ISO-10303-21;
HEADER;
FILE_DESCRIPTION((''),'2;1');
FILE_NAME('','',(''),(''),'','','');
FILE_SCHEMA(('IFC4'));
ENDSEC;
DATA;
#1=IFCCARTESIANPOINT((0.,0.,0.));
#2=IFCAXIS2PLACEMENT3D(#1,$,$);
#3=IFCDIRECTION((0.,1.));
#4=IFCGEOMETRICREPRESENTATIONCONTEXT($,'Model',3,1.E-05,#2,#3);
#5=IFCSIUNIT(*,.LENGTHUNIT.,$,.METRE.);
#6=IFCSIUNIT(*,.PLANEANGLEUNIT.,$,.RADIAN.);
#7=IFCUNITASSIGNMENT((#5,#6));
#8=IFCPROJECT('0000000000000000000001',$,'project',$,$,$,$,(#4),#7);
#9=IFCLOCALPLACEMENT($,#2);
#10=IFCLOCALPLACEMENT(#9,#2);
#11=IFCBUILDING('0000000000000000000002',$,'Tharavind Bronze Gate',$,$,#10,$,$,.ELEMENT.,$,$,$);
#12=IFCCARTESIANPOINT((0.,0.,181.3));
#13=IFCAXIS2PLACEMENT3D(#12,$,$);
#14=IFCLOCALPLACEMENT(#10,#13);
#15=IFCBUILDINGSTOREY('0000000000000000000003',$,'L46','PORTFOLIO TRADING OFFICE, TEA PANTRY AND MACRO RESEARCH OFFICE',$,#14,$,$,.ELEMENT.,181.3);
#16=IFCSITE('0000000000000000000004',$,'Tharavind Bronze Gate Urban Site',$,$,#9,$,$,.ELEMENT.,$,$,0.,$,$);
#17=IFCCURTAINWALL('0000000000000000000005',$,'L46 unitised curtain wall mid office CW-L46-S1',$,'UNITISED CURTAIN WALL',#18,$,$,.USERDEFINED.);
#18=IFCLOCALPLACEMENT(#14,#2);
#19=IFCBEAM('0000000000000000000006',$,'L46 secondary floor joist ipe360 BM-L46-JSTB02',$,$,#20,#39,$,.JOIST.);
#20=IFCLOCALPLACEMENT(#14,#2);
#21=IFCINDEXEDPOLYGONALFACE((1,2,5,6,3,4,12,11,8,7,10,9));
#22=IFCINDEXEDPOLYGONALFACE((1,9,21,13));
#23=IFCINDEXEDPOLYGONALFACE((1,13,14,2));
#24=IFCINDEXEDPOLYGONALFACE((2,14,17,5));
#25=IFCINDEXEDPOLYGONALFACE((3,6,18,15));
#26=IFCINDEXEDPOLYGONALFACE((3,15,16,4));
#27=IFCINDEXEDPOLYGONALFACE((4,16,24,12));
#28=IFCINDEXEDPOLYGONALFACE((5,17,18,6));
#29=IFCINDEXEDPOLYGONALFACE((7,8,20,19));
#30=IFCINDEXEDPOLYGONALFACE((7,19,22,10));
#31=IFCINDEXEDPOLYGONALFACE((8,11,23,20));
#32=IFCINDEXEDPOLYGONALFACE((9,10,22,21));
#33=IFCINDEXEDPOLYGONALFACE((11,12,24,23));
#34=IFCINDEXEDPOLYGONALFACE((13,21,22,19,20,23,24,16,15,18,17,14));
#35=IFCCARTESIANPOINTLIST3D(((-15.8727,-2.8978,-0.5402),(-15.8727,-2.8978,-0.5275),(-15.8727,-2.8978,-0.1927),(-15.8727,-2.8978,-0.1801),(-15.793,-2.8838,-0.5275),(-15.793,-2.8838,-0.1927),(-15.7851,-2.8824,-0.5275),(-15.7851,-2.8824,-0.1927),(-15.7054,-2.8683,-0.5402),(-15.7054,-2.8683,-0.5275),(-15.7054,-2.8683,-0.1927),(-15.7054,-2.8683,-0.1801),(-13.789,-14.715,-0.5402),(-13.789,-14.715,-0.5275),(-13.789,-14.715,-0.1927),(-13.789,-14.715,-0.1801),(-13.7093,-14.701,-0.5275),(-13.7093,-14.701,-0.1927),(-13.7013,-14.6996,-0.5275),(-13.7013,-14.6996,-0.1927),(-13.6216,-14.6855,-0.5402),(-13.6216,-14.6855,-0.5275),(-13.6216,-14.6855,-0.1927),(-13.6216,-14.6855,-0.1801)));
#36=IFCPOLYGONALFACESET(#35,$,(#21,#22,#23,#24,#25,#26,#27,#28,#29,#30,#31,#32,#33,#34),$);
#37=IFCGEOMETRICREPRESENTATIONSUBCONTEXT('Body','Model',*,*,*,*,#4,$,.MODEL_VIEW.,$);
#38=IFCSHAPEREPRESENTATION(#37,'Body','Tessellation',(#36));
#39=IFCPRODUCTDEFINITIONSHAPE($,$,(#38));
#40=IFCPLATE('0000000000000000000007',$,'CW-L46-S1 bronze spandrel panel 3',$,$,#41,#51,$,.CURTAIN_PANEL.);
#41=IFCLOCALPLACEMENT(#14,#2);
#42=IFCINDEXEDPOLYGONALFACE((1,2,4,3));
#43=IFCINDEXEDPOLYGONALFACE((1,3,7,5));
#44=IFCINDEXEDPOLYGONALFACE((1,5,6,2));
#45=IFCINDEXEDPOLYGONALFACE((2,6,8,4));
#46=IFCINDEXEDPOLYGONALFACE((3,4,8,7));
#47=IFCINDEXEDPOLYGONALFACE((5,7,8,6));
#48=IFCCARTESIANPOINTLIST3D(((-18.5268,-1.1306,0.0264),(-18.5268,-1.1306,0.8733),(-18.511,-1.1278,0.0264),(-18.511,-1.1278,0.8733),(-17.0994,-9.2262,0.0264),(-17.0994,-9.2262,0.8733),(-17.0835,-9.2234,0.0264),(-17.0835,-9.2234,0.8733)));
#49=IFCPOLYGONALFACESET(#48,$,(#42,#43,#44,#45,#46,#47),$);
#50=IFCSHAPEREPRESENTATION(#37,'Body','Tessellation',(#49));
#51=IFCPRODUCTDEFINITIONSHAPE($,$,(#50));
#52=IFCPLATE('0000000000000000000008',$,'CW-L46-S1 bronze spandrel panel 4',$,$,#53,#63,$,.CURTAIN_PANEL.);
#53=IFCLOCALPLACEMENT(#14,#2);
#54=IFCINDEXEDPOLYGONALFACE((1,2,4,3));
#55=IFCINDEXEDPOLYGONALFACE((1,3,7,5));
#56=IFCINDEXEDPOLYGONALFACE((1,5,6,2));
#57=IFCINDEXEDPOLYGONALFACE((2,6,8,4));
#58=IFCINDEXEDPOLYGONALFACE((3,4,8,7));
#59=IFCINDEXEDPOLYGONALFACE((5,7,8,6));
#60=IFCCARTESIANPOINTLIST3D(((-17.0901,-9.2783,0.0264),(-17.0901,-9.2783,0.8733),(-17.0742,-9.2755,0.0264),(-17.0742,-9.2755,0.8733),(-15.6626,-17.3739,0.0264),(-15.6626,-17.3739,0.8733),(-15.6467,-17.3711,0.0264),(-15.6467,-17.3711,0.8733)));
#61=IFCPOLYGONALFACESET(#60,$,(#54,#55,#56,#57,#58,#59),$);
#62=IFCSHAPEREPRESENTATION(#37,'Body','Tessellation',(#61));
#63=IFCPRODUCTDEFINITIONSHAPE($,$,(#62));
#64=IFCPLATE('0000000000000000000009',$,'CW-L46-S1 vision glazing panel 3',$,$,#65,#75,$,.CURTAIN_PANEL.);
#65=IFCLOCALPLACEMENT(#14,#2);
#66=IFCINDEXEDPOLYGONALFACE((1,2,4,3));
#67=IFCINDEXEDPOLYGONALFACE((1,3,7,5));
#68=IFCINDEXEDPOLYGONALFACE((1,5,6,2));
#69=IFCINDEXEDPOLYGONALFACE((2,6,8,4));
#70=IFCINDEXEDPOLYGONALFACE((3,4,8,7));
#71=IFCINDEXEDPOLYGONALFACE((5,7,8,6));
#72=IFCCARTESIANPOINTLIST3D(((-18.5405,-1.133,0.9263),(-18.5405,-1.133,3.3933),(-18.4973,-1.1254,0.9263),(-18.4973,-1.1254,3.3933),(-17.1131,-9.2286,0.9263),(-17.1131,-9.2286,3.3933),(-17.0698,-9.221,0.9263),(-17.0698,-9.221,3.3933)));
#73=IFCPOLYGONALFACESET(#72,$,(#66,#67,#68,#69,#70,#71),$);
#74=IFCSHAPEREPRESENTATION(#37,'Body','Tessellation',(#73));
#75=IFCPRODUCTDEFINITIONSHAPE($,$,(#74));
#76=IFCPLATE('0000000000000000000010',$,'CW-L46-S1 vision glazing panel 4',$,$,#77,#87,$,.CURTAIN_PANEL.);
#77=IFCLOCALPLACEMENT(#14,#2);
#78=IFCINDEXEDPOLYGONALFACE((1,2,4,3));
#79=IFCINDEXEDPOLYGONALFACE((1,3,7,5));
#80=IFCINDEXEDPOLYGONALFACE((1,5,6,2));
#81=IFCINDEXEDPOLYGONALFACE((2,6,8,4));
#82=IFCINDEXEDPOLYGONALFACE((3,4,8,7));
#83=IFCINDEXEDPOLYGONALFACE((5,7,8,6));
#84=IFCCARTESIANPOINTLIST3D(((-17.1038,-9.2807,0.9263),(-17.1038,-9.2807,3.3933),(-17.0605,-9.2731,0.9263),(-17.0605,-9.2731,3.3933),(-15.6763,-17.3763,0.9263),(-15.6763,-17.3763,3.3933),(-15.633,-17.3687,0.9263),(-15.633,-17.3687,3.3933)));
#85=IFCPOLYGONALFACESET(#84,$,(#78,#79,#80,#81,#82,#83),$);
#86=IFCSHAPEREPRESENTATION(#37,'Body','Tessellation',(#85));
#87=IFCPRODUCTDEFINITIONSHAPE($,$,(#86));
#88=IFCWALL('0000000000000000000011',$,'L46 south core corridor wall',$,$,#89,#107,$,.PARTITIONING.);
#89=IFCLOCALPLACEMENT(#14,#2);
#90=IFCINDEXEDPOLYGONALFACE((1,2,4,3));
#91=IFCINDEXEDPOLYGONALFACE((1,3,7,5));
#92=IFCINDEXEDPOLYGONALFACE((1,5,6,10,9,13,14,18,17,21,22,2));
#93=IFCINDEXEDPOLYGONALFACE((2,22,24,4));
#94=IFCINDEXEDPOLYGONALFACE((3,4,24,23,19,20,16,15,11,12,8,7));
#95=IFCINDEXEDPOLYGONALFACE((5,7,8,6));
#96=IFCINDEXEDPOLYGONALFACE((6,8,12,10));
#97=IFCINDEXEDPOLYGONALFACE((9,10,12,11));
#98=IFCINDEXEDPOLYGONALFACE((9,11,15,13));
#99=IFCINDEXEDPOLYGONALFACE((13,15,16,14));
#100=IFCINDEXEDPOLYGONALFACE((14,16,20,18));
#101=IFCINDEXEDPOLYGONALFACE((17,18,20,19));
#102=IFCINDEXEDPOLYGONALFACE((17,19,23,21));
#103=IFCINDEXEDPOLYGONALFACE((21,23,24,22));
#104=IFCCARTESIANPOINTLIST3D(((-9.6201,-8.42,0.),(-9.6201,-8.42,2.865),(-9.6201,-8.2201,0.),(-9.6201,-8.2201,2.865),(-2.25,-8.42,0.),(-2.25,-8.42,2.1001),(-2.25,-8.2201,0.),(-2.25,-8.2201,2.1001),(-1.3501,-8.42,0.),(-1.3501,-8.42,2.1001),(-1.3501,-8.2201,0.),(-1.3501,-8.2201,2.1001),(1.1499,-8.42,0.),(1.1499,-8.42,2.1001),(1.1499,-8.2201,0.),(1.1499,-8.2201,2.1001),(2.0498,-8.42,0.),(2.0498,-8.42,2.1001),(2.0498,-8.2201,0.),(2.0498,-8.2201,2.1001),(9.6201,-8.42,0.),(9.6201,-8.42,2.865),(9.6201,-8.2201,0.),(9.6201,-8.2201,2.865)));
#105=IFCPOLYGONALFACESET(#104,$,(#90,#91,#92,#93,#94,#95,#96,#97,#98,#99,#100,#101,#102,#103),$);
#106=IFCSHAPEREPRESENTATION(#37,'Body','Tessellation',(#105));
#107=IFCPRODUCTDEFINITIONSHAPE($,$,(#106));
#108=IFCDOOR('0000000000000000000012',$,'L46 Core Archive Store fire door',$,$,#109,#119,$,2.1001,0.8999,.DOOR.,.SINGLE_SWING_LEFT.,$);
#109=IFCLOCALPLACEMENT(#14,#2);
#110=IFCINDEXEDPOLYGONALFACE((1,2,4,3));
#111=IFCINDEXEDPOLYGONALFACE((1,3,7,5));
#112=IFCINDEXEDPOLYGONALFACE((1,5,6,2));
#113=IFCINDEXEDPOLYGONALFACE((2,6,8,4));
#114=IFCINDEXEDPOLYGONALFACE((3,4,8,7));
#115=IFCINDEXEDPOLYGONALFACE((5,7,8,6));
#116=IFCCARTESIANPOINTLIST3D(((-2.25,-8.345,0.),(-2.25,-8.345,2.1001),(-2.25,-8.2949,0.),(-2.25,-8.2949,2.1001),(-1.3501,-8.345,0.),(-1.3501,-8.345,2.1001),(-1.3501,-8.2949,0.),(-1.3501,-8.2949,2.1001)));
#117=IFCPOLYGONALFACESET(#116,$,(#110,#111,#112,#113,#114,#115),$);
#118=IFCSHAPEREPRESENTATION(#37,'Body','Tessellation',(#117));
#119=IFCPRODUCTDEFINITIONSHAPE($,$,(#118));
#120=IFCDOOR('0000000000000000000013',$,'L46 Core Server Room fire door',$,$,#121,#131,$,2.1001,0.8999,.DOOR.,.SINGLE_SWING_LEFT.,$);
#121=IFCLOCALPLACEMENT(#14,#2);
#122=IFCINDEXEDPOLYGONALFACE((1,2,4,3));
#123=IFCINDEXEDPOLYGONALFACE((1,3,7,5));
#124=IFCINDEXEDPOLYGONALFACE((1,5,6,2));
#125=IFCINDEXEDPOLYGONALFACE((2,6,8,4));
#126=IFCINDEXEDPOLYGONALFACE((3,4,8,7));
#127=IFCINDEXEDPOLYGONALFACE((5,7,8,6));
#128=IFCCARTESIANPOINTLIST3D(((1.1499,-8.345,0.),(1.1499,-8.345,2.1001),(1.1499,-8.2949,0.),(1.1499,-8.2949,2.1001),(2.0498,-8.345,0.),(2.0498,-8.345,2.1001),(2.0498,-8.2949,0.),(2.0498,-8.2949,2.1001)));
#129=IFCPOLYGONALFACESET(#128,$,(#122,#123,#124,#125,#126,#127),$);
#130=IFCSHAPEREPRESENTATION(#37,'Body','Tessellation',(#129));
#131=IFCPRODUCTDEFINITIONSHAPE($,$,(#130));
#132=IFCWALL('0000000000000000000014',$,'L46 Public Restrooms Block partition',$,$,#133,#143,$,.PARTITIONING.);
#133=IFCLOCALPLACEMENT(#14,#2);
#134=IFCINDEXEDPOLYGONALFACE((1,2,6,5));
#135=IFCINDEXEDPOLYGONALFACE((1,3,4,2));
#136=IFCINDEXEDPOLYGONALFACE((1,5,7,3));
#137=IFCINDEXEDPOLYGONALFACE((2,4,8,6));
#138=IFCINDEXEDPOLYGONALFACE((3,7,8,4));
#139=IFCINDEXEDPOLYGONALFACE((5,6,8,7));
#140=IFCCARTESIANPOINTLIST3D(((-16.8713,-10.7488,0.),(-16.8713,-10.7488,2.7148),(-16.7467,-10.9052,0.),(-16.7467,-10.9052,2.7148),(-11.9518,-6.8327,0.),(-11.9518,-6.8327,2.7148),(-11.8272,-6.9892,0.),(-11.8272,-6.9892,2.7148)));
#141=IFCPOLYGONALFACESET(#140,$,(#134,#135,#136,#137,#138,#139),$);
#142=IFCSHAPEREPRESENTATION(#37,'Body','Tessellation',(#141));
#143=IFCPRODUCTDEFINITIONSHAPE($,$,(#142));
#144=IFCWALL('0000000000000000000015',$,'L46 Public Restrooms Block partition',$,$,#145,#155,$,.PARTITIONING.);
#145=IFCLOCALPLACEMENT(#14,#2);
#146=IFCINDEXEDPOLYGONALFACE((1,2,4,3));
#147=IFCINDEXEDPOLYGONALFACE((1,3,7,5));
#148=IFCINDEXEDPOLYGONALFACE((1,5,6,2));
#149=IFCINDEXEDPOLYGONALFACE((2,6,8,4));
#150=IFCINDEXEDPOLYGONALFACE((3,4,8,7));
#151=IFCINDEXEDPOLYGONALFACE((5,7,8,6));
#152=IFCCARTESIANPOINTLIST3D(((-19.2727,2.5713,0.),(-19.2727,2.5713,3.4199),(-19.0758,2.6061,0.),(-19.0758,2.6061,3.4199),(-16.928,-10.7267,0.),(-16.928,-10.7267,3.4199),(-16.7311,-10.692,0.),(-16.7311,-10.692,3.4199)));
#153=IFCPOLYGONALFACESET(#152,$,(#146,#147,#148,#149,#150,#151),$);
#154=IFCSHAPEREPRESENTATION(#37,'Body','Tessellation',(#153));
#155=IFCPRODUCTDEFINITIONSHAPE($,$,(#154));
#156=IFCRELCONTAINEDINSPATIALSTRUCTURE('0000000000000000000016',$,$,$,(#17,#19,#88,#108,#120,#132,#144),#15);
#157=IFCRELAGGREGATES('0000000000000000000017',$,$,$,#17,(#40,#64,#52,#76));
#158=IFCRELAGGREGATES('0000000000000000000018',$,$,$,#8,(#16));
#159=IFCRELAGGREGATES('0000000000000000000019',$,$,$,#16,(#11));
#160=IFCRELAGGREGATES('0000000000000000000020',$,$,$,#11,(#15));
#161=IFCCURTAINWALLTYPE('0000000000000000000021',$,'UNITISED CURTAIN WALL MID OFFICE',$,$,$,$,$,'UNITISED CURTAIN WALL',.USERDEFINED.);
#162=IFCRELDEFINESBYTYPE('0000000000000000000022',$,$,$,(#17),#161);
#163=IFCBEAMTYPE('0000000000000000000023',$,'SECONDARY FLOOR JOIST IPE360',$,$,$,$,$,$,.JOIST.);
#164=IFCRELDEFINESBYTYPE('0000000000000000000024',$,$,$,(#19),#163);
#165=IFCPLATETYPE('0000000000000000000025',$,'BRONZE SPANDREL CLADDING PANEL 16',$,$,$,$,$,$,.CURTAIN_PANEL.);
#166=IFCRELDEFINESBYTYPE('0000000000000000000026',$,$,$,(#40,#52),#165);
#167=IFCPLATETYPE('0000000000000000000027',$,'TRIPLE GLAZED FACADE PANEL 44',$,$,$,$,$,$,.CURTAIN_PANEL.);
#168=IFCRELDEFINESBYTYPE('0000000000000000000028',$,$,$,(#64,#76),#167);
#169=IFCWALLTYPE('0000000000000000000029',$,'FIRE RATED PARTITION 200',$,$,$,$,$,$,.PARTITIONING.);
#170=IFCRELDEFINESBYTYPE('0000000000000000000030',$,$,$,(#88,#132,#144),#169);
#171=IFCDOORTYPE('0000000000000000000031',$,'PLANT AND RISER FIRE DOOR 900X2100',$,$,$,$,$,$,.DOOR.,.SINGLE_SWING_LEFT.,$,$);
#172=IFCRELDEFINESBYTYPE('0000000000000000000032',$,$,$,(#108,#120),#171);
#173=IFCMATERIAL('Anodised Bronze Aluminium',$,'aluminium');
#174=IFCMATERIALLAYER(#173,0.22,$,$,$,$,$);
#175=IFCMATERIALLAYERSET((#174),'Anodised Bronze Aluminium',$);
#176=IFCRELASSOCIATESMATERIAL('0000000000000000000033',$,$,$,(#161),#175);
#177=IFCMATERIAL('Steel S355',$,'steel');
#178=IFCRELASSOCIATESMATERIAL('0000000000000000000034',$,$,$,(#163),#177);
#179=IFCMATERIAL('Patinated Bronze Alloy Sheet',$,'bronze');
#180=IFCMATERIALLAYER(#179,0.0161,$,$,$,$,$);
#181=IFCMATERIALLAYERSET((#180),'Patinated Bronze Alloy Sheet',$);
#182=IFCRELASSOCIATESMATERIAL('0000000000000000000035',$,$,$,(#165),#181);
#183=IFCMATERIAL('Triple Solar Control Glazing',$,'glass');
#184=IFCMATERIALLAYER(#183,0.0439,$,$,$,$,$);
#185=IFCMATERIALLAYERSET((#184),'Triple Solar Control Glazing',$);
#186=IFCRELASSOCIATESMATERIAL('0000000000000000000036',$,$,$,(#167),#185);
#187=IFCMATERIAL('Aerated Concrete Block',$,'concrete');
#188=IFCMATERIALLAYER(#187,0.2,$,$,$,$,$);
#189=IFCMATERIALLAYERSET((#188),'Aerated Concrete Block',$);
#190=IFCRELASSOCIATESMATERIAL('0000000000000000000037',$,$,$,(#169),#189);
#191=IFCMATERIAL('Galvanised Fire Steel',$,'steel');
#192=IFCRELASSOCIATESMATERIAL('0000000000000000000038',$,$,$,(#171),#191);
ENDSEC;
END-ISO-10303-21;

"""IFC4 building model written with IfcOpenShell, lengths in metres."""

from ifc_helpers import new_model, si_unit, direction, frame, frame_2d, origin, origin_2d, place, context, subcontext, project, spatial, rectangle, i_section, extrude, material, layer, layer_set, material_profile, profile_set, type_object, element, fill, aggregate, save


model = new_model("IFC4")

# Units and contexts
model_context = context("Model", 3, precision=1e-05, world=origin(), true_north=direction((0.0, 1.0)))
body_context = subcontext(model_context, "Body", "Model", "MODEL_VIEW")
ifc_project = project(units=[si_unit("LENGTHUNIT", "METRE"), si_unit("PLANEANGLEUNIT", "RADIAN")], contexts=[model_context])

# Site, building, storey
site_placement = place(None, origin())
site = spatial("IfcSite", under=ifc_project, at=site_placement, Name="Tharavind Bronze Gate Urban Site", CompositionType="ELEMENT", RefElevation=0.0)
building_placement = place(site_placement, origin())
building = spatial("IfcBuilding", under=site, at=building_placement, Name="Tharavind Bronze Gate", CompositionType="ELEMENT")
storey_placement = place(building_placement, frame((0.0, 0.0, 181.3)))
storey = spatial("IfcBuildingStorey", under=building, at=storey_placement, Name="L46", Description="PORTFOLIO TRADING OFFICE, TEA PANTRY AND MACRO RESEARCH OFFICE", CompositionType="ELEMENT", Elevation=181.3)

# Curtain wall
ifc_material_1 = material(Name="Anodised Bronze Aluminium", Category="aluminium")
ifc_layer_1 = layer(ifc_material_1, 0.22)
ifc_layer_set_1 = layer_set([ifc_layer_1], Name="Anodised Bronze Aluminium")
curtain_wall_type = type_object("IfcCurtainWallType", Name="UNITISED CURTAIN WALL MID OFFICE", ElementType="UNITISED CURTAIN WALL", PredefinedType="USERDEFINED", material=ifc_layer_set_1)
curtain_wall_placement = place(storey_placement, origin())
curtain_wall = element("IfcCurtainWall", 1, at=curtain_wall_placement, inside=storey, type_object=curtain_wall_type, Name="L46 unitised curtain wall mid office CW-L46-S1", ObjectType="UNITISED CURTAIN WALL", PredefinedType="USERDEFINED")

# Beam
ifc_material_2 = material(Name="Steel S355", Category="steel")
ifc_material_profile_1 = material_profile(ifc_material_2, i_section(OverallWidth=0.1699, OverallDepth=0.3601, WebThickness=0.0081, FlangeThickness=0.0127, at=origin_2d()), Name="IPE360")
ifc_profile_set_1 = profile_set([ifc_material_profile_1], Name="Steel S355")
beam_type_1 = type_object("IfcBeamType", Name="SECONDARY FLOOR JOIST IPE360", PredefinedType="JOIST", material=ifc_profile_set_1)
beam_1_placement = place(storey_placement, frame((-15.7891, -2.8831, -0.3601), z_axis=(0.173653, -0.984807, 0.0), x_axis=(0.984807, 0.173653, 0.0)))
element("IfcBeam", 2, at=beam_1_placement, inside=storey, type_object=beam_type_1, Name="L46 secondary floor joist ipe360 BM-L46-JSTB02", PredefinedType="JOIST", context=body_context, shape_type="SweptSolid", body=[
    extrude(i_section(OverallWidth=0.1699, OverallDepth=0.3601, WebThickness=0.0081, FlangeThickness=0.0127, at=origin_2d()), origin(), (0.0, 0.0, 1.0), 11.9995),
])

# Plates
ifc_material_3 = material(Name="Patinated Bronze Alloy Sheet", Category="bronze")
ifc_layer_2 = layer(ifc_material_3, 0.0161)
ifc_layer_set_2 = layer_set([ifc_layer_2], Name="Patinated Bronze Alloy Sheet")
plate_type_1 = type_object("IfcPlateType", Name="BRONZE SPANDREL CLADDING PANEL 16", PredefinedType="CURTAIN_PANEL", material=ifc_layer_set_2)
plate_1_placement = place(storey_placement, frame((-17.8052, -5.177, 0.0264), z_axis=(0.0, 0.0, 1.0), x_axis=(0.173648, -0.984808, 0.0)))
plate_1 = element("IfcPlate", 3, at=plate_1_placement, type_object=plate_type_1, Name="CW-L46-S1 bronze spandrel panel 3", PredefinedType="CURTAIN_PANEL", context=body_context, shape_type="SweptSolid", body=[
    extrude(rectangle(XDim=8.2205, YDim=0.0161, at=origin_2d()), origin(), (0.0, 0.0, 1.0), 0.8469),
])
plate_2_placement = place(storey_placement, frame((-16.3684, -13.3247, 0.0264), z_axis=(0.0, 0.0, 1.0), x_axis=(0.173648, -0.984808, 0.0)))
plate_2 = element("IfcPlate", 4, at=plate_2_placement, type_object=plate_type_1, Name="CW-L46-S1 bronze spandrel panel 4", PredefinedType="CURTAIN_PANEL", context=body_context, shape_type="SweptSolid", body=[
    extrude(rectangle(XDim=8.2205, YDim=0.0161, at=origin_2d()), origin(), (0.0, 0.0, 1.0), 0.8469),
])
ifc_material_4 = material(Name="Triple Solar Control Glazing", Category="glass")
ifc_layer_3 = layer(ifc_material_4, 0.0439)
ifc_layer_set_3 = layer_set([ifc_layer_3], Name="Triple Solar Control Glazing")
plate_type_2 = type_object("IfcPlateType", Name="TRIPLE GLAZED FACADE PANEL 44", PredefinedType="CURTAIN_PANEL", material=ifc_layer_set_3)
plate_3_placement = place(storey_placement, frame((-17.8052, -5.177, 0.9263), z_axis=(0.0, 0.0, 1.0), x_axis=(0.173648, -0.984808, 0.0)))
plate_3 = element("IfcPlate", 5, at=plate_3_placement, type_object=plate_type_2, Name="CW-L46-S1 vision glazing panel 3", PredefinedType="CURTAIN_PANEL", context=body_context, shape_type="SweptSolid", body=[
    extrude(rectangle(XDim=8.2205, YDim=0.0439, at=origin_2d()), origin(), (0.0, 0.0, 1.0), 2.467),
])
plate_4_placement = place(storey_placement, frame((-16.3684, -13.3247, 0.9263), z_axis=(0.0, 0.0, 1.0), x_axis=(0.173648, -0.984808, 0.0)))
plate_4 = element("IfcPlate", 6, at=plate_4_placement, type_object=plate_type_2, Name="CW-L46-S1 vision glazing panel 4", PredefinedType="CURTAIN_PANEL", context=body_context, shape_type="SweptSolid", body=[
    extrude(rectangle(XDim=8.2205, YDim=0.0439, at=origin_2d()), origin(), (0.0, 0.0, 1.0), 2.467),
])
aggregate(curtain_wall, [plate_1, plate_3, plate_2, plate_4])

# Wall, openings, doors
ifc_material_5 = material(Name="Aerated Concrete Block", Category="concrete")
ifc_layer_4 = layer(ifc_material_5, 0.2)
ifc_layer_set_4 = layer_set([ifc_layer_4], Name="Aerated Concrete Block")
wall_type = type_object("IfcWallType", Name="FIRE RATED PARTITION 200", PredefinedType="PARTITIONING", material=ifc_layer_set_4)
wall_1_placement = place(storey_placement, frame((-9.6201, -8.3201, 0.0), z_axis=(0.0, 0.0, 1.0), x_axis=(1.0, 0.0, 0.0)))
wall_1 = element("IfcWall", 7, at=wall_1_placement, inside=storey, type_object=wall_type, Name="L46 south core corridor wall", PredefinedType="PARTITIONING", context=body_context, shape_type="SweptSolid", body=[
    extrude(rectangle(XDim=19.2402, YDim=0.2, at=frame_2d((9.6201, 0.0))), origin(), (0.0, 0.0, 1.0), 2.865),
])
opening_1_placement = place(wall_1_placement, frame((7.3701, 0.0, 0.0)))
opening_1 = element("IfcOpeningElement", 8, at=opening_1_placement, cuts=wall_1, PredefinedType="OPENING", context=body_context, shape_type="SweptSolid", body=[
    extrude(rectangle(XDim=0.8999, YDim=2.1001, at=frame_2d((0.45, 1.05))), frame((0.0, 0.1101, 0.0), z_axis=(0.0, -1.0, 0.0), x_axis=(1.0, 0.0, 0.0)), (0.0, 0.0, 1.0), 0.22),
])
opening_2_placement = place(wall_1_placement, frame((10.77, 0.0, 0.0)))
opening_2 = element("IfcOpeningElement", 9, at=opening_2_placement, cuts=wall_1, PredefinedType="OPENING", context=body_context, shape_type="SweptSolid", body=[
    extrude(rectangle(XDim=0.8999, YDim=2.1001, at=frame_2d((0.45, 1.05))), frame((0.0, 0.1101, 0.0), z_axis=(0.0, -1.0, 0.0), x_axis=(1.0, 0.0, 0.0)), (0.0, 0.0, 1.0), 0.22),
])
ifc_material_6 = material(Name="Galvanised Fire Steel", Category="steel")
door_type_1 = type_object("IfcDoorType", Name="PLANT AND RISER FIRE DOOR 900X2100", OperationType="SINGLE_SWING_LEFT", PredefinedType="DOOR", material=ifc_material_6)
door_1_placement = place(opening_1_placement, frame((0.8999, 0.0, 0.0), z_axis=(0.0, 0.0, 1.0), x_axis=(-1.0, 0.0, 0.0)))
door_1 = element("IfcDoor", 10, at=door_1_placement, inside=storey, type_object=door_type_1, Name="L46 Core Archive Store fire door", OperationType="SINGLE_SWING_LEFT", OverallHeight=2.1001, OverallWidth=0.8999, PredefinedType="DOOR", context=body_context, shape_type="SweptSolid", body=[
    extrude(rectangle(XDim=0.8999, YDim=2.1001, at=frame_2d((0.45, 1.05))), frame((0.0, 0.0249, 0.0), z_axis=(0.0, -1.0, 0.0), x_axis=(1.0, 0.0, 0.0)), (0.0, 0.0, 1.0), 0.05),
])
fill(opening_1, door_1)
door_2_placement = place(opening_2_placement, frame((0.8999, 0.0, 0.0), z_axis=(0.0, 0.0, 1.0), x_axis=(-1.0, 0.0, 0.0)))
door_2 = element("IfcDoor", 11, at=door_2_placement, inside=storey, type_object=door_type_1, Name="L46 Core Server Room fire door", OperationType="SINGLE_SWING_LEFT", OverallHeight=2.1001, OverallWidth=0.8999, PredefinedType="DOOR", context=body_context, shape_type="SweptSolid", body=[
    extrude(rectangle(XDim=0.8999, YDim=2.1001, at=frame_2d((0.45, 1.05))), frame((0.0, 0.0249, 0.0), z_axis=(0.0, -1.0, 0.0), x_axis=(1.0, 0.0, 0.0)), (0.0, 0.0, 1.0), 0.05),
])
fill(opening_2, door_2)

# Walls
wall_2_placement = place(storey_placement, frame((-11.8894, -6.9109, 0.0), z_axis=(0.0, 0.0, 1.0), x_axis=(-0.782382, -0.622799, 0.0)))
element("IfcWall", 12, at=wall_2_placement, inside=storey, type_object=wall_type, Name="L46 Public Restrooms Block partition", PredefinedType="PARTITIONING", context=body_context, shape_type="SweptSolid", body=[
    extrude(rectangle(XDim=6.2878, YDim=0.2, at=frame_2d((3.144, 0.0))), origin(), (0.0, 0.0, 1.0), 2.7148),
])
wall_3_placement = place(storey_placement, frame((-16.8296, -10.7092, 0.0), z_axis=(0.0, 0.0, 1.0), x_axis=(-0.173642, 0.984809, 0.0)))
element("IfcWall", 13, at=wall_3_placement, inside=storey, type_object=wall_type, Name="L46 Public Restrooms Block partition", PredefinedType="PARTITIONING", context=body_context, shape_type="SweptSolid", body=[
    extrude(rectangle(XDim=13.5032, YDim=0.2, at=frame_2d((6.7515, 0.0))), origin(), (0.0, 0.0, 1.0), 3.4199),
])

save(model, "model.ifc")
